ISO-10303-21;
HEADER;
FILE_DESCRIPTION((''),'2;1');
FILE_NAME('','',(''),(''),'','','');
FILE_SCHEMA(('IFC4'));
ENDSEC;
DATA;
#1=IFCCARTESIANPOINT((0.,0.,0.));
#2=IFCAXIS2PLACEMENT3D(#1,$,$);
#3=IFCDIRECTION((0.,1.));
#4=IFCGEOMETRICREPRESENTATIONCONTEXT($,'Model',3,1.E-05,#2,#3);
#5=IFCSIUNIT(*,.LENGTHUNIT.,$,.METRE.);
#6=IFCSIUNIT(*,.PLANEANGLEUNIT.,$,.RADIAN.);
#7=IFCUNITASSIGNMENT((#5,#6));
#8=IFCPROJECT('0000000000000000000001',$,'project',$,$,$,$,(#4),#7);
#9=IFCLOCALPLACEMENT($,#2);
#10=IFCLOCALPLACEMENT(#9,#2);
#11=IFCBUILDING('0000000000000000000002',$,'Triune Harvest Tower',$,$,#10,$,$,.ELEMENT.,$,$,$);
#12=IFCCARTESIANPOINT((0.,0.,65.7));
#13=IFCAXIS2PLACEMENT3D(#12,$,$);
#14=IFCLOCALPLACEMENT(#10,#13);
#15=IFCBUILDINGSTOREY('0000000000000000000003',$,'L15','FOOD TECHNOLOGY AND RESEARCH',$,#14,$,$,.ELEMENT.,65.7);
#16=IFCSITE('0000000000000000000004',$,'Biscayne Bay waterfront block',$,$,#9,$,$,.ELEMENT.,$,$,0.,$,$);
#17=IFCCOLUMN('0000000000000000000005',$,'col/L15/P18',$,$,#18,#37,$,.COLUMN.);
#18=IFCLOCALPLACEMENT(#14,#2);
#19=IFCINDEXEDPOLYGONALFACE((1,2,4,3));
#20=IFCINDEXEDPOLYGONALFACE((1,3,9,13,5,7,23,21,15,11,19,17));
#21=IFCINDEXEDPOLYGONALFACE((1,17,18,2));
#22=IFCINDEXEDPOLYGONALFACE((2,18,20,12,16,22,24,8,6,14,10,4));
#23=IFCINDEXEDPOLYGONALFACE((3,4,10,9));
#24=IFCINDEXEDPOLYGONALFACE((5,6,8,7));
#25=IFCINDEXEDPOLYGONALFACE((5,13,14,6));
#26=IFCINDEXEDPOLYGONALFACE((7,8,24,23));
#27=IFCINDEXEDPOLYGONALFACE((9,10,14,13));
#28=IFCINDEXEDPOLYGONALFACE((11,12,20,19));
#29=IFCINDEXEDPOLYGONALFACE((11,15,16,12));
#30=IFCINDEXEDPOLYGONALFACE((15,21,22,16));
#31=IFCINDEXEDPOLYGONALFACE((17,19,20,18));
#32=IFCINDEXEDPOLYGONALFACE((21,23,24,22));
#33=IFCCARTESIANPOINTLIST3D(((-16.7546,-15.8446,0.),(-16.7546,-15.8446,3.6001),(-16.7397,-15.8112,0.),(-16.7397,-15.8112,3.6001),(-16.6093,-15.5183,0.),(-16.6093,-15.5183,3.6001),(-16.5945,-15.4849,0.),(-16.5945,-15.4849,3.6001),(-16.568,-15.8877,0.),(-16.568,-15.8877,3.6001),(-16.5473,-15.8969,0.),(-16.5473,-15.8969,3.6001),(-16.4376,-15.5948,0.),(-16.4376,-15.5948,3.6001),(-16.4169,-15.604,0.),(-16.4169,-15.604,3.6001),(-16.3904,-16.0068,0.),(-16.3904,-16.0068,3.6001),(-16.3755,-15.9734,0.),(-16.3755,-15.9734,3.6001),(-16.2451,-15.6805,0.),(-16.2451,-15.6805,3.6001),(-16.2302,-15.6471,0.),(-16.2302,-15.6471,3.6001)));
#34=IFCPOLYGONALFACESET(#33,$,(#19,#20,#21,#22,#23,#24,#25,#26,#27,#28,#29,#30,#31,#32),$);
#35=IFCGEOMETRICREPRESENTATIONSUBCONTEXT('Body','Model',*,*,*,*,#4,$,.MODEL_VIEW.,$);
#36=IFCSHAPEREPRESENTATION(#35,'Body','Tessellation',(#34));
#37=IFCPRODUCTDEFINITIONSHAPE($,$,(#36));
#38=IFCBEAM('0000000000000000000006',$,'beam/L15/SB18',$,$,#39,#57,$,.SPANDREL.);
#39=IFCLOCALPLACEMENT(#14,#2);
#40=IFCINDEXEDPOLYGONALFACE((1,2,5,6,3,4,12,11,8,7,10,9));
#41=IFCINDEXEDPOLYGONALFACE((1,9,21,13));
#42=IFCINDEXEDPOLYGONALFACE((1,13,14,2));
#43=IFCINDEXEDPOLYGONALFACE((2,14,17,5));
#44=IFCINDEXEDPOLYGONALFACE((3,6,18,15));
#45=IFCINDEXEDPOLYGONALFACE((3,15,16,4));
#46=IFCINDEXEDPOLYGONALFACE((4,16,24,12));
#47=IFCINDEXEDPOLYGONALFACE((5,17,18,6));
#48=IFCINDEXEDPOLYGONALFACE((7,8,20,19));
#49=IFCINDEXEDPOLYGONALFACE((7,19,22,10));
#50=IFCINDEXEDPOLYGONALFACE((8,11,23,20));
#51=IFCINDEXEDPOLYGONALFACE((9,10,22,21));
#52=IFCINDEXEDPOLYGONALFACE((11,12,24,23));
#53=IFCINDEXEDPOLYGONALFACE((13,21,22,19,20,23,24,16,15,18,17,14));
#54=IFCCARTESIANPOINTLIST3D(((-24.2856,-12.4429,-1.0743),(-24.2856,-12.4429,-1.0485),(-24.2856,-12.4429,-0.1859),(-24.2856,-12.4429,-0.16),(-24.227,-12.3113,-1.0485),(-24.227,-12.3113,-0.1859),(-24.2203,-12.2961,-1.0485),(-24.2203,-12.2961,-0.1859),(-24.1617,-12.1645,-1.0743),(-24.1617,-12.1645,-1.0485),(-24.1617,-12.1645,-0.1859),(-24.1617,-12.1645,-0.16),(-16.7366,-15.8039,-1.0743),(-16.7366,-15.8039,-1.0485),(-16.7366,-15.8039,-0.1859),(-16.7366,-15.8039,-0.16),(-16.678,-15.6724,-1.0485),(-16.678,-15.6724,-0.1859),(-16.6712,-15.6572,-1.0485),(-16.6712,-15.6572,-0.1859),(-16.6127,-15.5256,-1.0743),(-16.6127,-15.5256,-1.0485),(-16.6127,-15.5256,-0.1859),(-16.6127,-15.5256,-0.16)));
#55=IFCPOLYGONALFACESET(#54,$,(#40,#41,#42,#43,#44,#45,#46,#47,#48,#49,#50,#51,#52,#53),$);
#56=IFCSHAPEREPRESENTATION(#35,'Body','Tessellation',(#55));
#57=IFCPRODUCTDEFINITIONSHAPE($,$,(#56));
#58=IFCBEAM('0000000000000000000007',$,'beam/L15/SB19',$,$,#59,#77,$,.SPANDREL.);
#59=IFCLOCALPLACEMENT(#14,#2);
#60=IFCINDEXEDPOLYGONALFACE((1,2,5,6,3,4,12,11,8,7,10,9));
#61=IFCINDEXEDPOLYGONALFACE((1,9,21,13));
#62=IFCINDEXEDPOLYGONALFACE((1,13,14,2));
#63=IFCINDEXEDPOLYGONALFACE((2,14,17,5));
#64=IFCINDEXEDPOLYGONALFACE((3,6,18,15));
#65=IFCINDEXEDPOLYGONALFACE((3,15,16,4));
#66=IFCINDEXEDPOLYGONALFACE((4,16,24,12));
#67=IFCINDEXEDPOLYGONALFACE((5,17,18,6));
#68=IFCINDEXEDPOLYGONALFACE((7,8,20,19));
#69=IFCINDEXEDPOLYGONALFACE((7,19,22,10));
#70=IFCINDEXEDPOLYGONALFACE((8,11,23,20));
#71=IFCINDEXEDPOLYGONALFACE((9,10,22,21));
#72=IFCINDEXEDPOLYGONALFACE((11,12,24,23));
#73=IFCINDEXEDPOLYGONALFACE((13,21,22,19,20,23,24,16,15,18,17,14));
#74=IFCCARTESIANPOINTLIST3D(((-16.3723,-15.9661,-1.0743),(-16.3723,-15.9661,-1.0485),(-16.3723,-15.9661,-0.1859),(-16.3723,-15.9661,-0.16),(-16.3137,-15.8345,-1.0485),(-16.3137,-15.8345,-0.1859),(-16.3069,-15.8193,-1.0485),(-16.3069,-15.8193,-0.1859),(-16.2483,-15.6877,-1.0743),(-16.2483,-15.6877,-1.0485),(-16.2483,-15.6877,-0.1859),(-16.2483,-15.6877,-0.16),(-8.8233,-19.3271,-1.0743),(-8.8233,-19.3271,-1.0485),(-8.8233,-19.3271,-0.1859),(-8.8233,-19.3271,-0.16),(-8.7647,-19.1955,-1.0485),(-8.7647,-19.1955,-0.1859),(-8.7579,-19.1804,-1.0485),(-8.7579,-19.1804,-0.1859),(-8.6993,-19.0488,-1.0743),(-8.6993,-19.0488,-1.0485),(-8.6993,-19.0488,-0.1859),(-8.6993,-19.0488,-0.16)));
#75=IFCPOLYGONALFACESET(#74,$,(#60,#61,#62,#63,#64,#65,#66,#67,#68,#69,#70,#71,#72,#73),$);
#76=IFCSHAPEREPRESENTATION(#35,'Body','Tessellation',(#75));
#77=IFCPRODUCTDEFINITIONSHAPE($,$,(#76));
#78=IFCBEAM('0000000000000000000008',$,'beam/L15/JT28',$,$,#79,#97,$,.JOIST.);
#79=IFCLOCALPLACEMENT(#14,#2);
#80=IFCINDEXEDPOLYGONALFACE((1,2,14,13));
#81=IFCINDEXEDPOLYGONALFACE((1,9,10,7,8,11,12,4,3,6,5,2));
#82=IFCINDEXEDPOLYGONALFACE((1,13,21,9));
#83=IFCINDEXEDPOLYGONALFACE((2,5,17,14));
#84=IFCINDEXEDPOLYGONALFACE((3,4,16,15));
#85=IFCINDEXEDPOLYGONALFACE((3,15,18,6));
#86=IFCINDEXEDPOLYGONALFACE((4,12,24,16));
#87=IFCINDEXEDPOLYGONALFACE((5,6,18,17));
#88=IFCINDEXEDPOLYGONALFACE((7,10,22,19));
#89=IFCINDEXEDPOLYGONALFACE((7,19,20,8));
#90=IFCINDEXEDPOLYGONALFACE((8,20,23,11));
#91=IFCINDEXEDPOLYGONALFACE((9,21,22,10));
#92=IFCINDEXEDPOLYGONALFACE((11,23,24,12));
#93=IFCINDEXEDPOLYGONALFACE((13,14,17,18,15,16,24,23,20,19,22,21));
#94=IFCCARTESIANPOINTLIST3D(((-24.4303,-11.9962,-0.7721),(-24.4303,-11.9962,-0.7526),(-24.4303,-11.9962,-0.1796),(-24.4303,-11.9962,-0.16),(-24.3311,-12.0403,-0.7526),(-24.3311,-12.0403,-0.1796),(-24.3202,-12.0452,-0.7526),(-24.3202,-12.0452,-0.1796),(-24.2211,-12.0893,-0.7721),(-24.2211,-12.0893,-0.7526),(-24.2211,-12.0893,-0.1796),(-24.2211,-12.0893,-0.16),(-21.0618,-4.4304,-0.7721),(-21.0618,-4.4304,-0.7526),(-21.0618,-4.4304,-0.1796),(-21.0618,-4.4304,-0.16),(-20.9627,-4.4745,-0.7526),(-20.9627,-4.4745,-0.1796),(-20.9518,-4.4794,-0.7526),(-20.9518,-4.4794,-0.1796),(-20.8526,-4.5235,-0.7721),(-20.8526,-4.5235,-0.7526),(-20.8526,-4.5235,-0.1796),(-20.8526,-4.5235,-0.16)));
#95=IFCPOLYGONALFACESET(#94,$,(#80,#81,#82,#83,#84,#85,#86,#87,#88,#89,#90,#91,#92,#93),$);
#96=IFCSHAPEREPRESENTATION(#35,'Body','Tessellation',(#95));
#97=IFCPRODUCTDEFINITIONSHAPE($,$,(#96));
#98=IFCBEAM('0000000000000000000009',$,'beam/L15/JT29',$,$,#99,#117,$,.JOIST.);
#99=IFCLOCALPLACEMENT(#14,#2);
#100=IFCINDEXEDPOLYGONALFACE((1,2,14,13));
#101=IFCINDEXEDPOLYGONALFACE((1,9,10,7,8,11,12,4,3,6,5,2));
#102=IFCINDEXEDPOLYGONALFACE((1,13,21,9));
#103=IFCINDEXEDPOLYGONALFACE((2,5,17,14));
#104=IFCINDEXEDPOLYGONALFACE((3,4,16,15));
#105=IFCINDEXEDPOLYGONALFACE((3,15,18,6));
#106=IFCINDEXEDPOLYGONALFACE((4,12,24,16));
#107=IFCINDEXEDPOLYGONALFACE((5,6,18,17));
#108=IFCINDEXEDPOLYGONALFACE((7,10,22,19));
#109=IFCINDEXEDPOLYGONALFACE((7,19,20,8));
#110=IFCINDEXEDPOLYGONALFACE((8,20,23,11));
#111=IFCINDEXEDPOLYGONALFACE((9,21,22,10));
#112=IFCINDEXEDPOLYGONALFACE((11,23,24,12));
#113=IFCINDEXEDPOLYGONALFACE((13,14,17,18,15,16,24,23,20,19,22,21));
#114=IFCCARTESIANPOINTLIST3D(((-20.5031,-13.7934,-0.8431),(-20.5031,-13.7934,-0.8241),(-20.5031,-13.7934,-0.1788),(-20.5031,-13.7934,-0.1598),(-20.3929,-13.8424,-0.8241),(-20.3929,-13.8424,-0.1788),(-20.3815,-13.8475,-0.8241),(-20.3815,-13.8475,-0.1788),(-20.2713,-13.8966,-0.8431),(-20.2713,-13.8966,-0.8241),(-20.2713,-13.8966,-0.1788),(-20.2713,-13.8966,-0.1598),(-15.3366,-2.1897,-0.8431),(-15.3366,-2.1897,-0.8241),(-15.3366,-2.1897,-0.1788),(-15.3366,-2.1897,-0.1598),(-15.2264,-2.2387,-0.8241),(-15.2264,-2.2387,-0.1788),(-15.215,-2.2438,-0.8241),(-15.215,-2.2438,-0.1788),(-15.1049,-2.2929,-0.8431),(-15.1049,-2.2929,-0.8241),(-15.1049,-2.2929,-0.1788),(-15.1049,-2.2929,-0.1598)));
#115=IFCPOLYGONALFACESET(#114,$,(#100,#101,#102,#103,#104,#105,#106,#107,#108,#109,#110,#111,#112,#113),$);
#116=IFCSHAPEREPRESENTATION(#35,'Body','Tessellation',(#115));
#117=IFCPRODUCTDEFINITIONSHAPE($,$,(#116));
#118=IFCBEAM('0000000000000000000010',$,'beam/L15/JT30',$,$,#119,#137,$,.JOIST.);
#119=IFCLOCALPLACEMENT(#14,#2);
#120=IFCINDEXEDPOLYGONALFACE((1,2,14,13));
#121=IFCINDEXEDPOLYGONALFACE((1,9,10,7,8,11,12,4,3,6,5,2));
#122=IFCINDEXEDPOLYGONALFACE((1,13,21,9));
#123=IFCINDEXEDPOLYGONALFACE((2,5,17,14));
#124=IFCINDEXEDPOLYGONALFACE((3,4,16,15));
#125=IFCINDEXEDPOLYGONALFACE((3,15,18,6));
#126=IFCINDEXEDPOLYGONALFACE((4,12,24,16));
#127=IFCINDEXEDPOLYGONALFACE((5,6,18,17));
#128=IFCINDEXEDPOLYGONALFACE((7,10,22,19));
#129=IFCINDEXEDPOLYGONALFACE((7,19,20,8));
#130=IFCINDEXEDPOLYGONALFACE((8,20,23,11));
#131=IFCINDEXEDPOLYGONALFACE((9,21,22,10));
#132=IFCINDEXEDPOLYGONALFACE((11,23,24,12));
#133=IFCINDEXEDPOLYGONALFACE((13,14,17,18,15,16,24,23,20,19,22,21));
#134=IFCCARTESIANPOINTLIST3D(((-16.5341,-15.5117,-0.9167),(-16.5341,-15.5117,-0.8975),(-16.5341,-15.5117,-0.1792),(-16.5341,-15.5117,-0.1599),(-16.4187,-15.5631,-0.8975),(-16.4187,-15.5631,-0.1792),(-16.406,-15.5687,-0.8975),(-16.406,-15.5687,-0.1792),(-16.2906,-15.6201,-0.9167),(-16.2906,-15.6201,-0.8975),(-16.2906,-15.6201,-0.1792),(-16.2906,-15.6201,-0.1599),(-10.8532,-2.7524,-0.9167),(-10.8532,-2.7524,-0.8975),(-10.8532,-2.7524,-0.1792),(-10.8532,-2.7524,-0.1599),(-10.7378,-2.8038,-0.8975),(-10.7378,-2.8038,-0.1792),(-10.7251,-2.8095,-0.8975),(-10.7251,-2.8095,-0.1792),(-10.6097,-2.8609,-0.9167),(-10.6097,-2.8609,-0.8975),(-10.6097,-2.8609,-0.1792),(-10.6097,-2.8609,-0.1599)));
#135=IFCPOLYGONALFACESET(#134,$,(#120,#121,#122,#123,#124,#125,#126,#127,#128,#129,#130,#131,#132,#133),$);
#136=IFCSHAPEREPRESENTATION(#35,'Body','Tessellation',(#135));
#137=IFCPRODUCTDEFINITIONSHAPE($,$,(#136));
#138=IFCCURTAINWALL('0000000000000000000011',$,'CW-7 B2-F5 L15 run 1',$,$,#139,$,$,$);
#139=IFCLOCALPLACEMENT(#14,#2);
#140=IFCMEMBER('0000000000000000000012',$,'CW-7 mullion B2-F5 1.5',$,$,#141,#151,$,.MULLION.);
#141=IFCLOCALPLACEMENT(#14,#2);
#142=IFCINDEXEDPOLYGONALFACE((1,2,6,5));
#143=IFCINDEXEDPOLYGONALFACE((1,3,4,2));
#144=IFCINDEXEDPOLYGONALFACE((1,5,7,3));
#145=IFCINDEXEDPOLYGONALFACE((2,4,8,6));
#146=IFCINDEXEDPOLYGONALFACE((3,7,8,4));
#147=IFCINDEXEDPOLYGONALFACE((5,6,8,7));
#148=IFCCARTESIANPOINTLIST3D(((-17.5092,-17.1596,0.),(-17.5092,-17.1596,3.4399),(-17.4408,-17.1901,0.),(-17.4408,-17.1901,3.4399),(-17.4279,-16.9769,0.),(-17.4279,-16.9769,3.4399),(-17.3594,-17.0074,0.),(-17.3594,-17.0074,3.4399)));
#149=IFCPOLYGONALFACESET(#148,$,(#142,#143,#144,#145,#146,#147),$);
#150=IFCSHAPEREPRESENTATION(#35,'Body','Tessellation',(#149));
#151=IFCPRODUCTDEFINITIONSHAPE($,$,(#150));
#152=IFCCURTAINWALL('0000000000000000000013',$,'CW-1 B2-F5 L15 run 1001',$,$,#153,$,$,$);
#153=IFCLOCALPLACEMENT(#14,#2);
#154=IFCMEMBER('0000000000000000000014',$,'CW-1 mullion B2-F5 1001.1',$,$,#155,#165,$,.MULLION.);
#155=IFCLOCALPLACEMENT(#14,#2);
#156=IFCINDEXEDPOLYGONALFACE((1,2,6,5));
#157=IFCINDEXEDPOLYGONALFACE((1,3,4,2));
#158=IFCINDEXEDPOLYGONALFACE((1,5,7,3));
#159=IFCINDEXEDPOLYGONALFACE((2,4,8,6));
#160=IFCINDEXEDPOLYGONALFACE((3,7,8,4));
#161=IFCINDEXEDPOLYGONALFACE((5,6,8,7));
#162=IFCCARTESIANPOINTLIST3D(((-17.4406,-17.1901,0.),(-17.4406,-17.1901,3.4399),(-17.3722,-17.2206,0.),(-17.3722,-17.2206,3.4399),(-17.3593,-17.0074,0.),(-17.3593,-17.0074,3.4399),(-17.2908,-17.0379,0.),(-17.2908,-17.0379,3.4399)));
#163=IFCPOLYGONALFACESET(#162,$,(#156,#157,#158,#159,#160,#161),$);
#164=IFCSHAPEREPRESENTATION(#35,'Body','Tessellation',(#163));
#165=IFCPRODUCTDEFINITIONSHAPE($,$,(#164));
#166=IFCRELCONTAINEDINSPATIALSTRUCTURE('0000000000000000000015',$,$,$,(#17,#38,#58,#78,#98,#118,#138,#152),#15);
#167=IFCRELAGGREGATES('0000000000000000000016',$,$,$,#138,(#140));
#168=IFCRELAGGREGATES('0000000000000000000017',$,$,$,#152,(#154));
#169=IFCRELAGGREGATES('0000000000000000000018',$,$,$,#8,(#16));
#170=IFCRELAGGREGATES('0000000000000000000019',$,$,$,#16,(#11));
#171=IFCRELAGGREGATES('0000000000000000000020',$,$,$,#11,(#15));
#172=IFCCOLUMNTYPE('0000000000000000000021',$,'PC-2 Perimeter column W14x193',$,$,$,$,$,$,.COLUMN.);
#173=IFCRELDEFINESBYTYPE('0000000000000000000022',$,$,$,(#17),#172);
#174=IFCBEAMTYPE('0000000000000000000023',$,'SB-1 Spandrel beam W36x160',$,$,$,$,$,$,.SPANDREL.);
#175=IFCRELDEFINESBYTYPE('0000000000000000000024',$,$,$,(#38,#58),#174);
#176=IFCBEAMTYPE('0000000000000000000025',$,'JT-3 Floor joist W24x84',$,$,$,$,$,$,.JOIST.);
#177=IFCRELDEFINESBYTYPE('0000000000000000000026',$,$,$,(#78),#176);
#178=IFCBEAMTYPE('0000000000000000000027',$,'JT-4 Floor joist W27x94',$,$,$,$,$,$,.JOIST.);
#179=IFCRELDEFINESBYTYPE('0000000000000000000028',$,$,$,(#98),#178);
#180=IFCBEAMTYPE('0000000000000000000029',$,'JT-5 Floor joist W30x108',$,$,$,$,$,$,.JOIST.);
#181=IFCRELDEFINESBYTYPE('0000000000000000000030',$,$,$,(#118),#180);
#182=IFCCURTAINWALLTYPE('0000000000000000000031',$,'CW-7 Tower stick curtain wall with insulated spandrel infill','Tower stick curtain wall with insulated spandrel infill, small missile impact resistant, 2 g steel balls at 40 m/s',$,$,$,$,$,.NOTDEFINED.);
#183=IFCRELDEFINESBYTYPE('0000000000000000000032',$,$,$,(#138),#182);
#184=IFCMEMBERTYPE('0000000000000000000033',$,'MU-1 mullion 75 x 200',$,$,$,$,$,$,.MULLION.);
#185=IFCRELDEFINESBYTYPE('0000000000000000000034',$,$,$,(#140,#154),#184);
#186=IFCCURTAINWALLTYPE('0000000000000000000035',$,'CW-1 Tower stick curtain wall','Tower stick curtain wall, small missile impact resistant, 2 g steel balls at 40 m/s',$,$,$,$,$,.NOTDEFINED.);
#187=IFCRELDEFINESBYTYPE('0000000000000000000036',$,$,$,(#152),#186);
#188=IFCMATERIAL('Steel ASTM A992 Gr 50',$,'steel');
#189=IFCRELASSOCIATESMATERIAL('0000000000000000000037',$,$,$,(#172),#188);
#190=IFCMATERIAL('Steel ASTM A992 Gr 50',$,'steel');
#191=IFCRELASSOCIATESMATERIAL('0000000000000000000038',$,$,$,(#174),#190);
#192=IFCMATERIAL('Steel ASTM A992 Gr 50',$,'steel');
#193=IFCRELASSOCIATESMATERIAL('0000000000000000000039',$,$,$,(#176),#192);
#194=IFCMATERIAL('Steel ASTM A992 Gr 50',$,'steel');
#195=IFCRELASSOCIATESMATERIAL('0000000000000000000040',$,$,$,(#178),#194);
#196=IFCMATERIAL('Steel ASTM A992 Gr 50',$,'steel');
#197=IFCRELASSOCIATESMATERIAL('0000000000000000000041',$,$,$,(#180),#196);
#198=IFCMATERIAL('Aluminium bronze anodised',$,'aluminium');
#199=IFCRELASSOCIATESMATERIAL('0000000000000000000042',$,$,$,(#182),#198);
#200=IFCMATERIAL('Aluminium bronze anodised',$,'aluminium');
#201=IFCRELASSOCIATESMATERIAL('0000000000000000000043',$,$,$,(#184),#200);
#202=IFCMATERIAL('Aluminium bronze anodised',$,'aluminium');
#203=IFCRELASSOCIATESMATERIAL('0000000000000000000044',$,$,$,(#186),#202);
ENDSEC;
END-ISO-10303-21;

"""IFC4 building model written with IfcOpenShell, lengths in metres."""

from ifc_helpers import new_model, si_unit, direction, frame, origin, origin_2d, place, context, subcontext, project, spatial, rectangle, i_section, extrude, source, transform, mapped, material, material_profile, profile_set, type_object, element, aggregate, save


model = new_model("IFC4")

# Units and contexts
model_context = context("Model", 3, precision=1e-05, world=origin(), true_north=direction((0.0, 1.0)))
body_context = subcontext(model_context, "Body", "Model", "MODEL_VIEW")
ifc_project = project(units=[si_unit("LENGTHUNIT", "METRE"), si_unit("PLANEANGLEUNIT", "RADIAN")], contexts=[model_context])

# Site, building, storey
site_placement = place(None, origin())
site = spatial("IfcSite", under=ifc_project, at=site_placement, Name="Biscayne Bay waterfront block", CompositionType="ELEMENT", RefElevation=0.0)
building_placement = place(site_placement, origin())
building = spatial("IfcBuilding", under=site, at=building_placement, Name="Triune Harvest Tower", CompositionType="ELEMENT")
storey_placement = place(building_placement, frame((0.0, 0.0, 65.7)))
storey = spatial("IfcBuildingStorey", under=building, at=storey_placement, Name="L15", Description="FOOD TECHNOLOGY AND RESEARCH", CompositionType="ELEMENT", Elevation=65.7)

# Column
ifc_material_1 = material(Name="Steel ASTM A992 Gr 50", Category="steel")
ifc_material_profile_1 = material_profile(ifc_material_1, i_section(OverallWidth=0.3987, OverallDepth=0.3938, WebThickness=0.0227, FlangeThickness=0.0366, at=origin_2d()), Name="W14x193")
ifc_profile_set_1 = profile_set([ifc_material_profile_1], Name="Steel ASTM A992 Gr 50")
column_type = type_object("IfcColumnType", Name="PC-2 Perimeter column W14x193", PredefinedType="COLUMN", material=ifc_profile_set_1)
shared_shape_1 = source(origin(), body_context, "Body", "SweptSolid", [
    extrude(i_section(OverallWidth=0.3987, OverallDepth=0.3938, WebThickness=0.0227, FlangeThickness=0.0366, at=origin_2d()), origin(), (0.0, 0.0, 1.0), 3.6001),
])
column_placement = place(storey_placement, frame((-16.4924, -15.7458, 0.0), z_axis=(0.0, 0.0, 1.0), x_axis=(0.913545, -0.406737, 0.0)))
element("IfcColumn", 1, at=column_placement, inside=storey, type_object=column_type, Name="col/L15/P18", PredefinedType="COLUMN", context=body_context, shape_type="MappedRepresentation", body=[
    mapped(shared_shape_1, transform((0.0, 0.0, 0.0), scale=1.0)),
])

# Beams
ifc_material_2 = material(Name="Steel ASTM A992 Gr 50", Category="steel")
ifc_material_profile_2 = material_profile(ifc_material_2, i_section(OverallWidth=0.3047, OverallDepth=0.9143, WebThickness=0.0166, FlangeThickness=0.0259, at=origin_2d()), Name="W36x160")
ifc_profile_set_2 = profile_set([ifc_material_profile_2], Name="Steel ASTM A992 Gr 50")
beam_type_1 = type_object("IfcBeamType", Name="SB-1 Spandrel beam W36x160", PredefinedType="SPANDREL", material=ifc_profile_set_2)
shared_shape_2 = source(origin(), body_context, "Body", "SweptSolid", [
    extrude(i_section(OverallWidth=0.3047, OverallDepth=0.9143, WebThickness=0.0166, FlangeThickness=0.0259, at=origin_2d()), origin(), (0.0, 0.0, 1.0), 8.2634),
])
for number, where, z_axis, x_axis, name in (
    (2, (-24.2236, -12.3037, -0.6172), (0.913545, -0.406739, 0.0), (0.406739, 0.913545, 0.0), "beam/L15/SB18"),
    (3, (-16.3103, -15.8269, -0.6172), (0.913545, -0.406739, 0.0), (0.406739, 0.913545, 0.0), "beam/L15/SB19"),
):
    element("IfcBeam", number, at=place(storey_placement, frame(where, z_axis=z_axis, x_axis=x_axis)), inside=storey, type_object=beam_type_1, Name=name, PredefinedType="SPANDREL", context=body_context, shape_type="MappedRepresentation", body=[
        mapped(shared_shape_2, transform((0.0, 0.0, 0.0), scale=1.0)),
    ])
ifc_material_3 = material(Name="Steel ASTM A992 Gr 50", Category="steel")
ifc_material_profile_3 = material_profile(ifc_material_3, i_section(OverallWidth=0.229, OverallDepth=0.6121, WebThickness=0.012, FlangeThickness=0.0195, at=origin_2d()), Name="W24x84")
ifc_profile_set_3 = profile_set([ifc_material_profile_3], Name="Steel ASTM A992 Gr 50")
beam_type_2 = type_object("IfcBeamType", Name="JT-3 Floor joist W24x84", PredefinedType="JOIST", material=ifc_profile_set_3)
shared_shape_3 = source(origin(), body_context, "Body", "SweptSolid", [
    extrude(i_section(OverallWidth=0.229, OverallDepth=0.6121, WebThickness=0.012, FlangeThickness=0.0195, at=origin_2d()), origin(), (0.0, 0.0, 1.0), 8.2817),
])
beam_1_placement = place(storey_placement, frame((-24.3257, -12.0427, -0.4661), z_axis=(0.406732, 0.913548, 0.0), x_axis=(-0.913548, 0.406732, 0.0)))
element("IfcBeam", 4, at=beam_1_placement, inside=storey, type_object=beam_type_2, Name="beam/L15/JT28", PredefinedType="JOIST", context=body_context, shape_type="MappedRepresentation", body=[
    mapped(shared_shape_3, transform((0.0, 0.0, 0.0), scale=1.0)),
])
ifc_material_4 = material(Name="Steel ASTM A992 Gr 50", Category="steel")
ifc_material_profile_4 = material_profile(ifc_material_4, i_section(OverallWidth=0.2537, OverallDepth=0.6833, WebThickness=0.0125, FlangeThickness=0.019, at=origin_2d()), Name="W27x94")
ifc_profile_set_4 = profile_set([ifc_material_profile_4], Name="Steel ASTM A992 Gr 50")
beam_type_3 = type_object("IfcBeamType", Name="JT-4 Floor joist W27x94", PredefinedType="JOIST", material=ifc_profile_set_4)
shared_shape_4 = source(origin(), body_context, "Body", "SweptSolid", [
    extrude(i_section(OverallWidth=0.2537, OverallDepth=0.6833, WebThickness=0.0125, FlangeThickness=0.019, at=origin_2d()), origin(), (0.0, 0.0, 1.0), 12.7019),
])
beam_2_placement = place(storey_placement, frame((-20.3872, -13.845, -0.5015), z_axis=(0.406748, 0.91354, 0.0), x_axis=(-0.91354, 0.406748, 0.0)))
element("IfcBeam", 5, at=beam_2_placement, inside=storey, type_object=beam_type_3, Name="beam/L15/JT29", PredefinedType="JOIST", context=body_context, shape_type="MappedRepresentation", body=[
    mapped(shared_shape_4, transform((0.0, 0.0, 0.0), scale=1.0)),
])
ifc_material_5 = material(Name="Steel ASTM A992 Gr 50", Category="steel")
ifc_material_profile_5 = material_profile(ifc_material_5, i_section(OverallWidth=0.2666, OverallDepth=0.7568, WebThickness=0.0139, FlangeThickness=0.0193, at=origin_2d()), Name="W30x108")
ifc_profile_set_5 = profile_set([ifc_material_profile_5], Name="Steel ASTM A992 Gr 50")
beam_type_4 = type_object("IfcBeamType", Name="JT-5 Floor joist W30x108", PredefinedType="JOIST", material=ifc_profile_set_5)
shared_shape_5 = source(origin(), body_context, "Body", "SweptSolid", [
    extrude(i_section(OverallWidth=0.2666, OverallDepth=0.7568, WebThickness=0.0139, FlangeThickness=0.0193, at=origin_2d()), origin(), (0.0, 0.0, 1.0), 13.9668),
])
beam_3_placement = place(storey_placement, frame((-16.4124, -15.5659, -0.5383), z_axis=(0.406743, 0.913542, 0.0), x_axis=(-0.913542, 0.406743, 0.0)))
element("IfcBeam", 6, at=beam_3_placement, inside=storey, type_object=beam_type_4, Name="beam/L15/JT30", PredefinedType="JOIST", context=body_context, shape_type="MappedRepresentation", body=[
    mapped(shared_shape_5, transform((0.0, 0.0, 0.0), scale=1.0)),
])

# Curtain wall, member
ifc_material_6 = material(Name="Aluminium bronze anodised", Category="aluminium")
curtain_wall_type_1 = type_object("IfcCurtainWallType", Name="CW-7 Tower stick curtain wall with insulated spandrel infill", Description="Tower stick curtain wall with insulated spandrel infill, small missile impact resistant, 2 g steel balls at 40 m/s", PredefinedType="NOTDEFINED", material=ifc_material_6)
curtain_wall_1_placement = place(storey_placement, origin())
curtain_wall_1 = element("IfcCurtainWall", 7, at=curtain_wall_1_placement, inside=storey, type_object=curtain_wall_type_1, Name="CW-7 B2-F5 L15 run 1")
ifc_material_7 = material(Name="Aluminium bronze anodised", Category="aluminium")
ifc_material_profile_6 = material_profile(ifc_material_7, rectangle(XDim=0.2, YDim=0.075, at=origin_2d()), Name="MU-1 mullion 75 x 200")
ifc_profile_set_6 = profile_set([ifc_material_profile_6], Name="Aluminium bronze anodised")
member_type_1 = type_object("IfcMemberType", Name="MU-1 mullion 75 x 200", PredefinedType="MULLION", material=ifc_profile_set_6)
shared_shape_6 = source(origin(), body_context, "Body", "SweptSolid", [
    extrude(rectangle(XDim=0.2, YDim=0.075, at=origin_2d()), origin(), (0.0, 0.0, 1.0), 3.4399),
])
member_1_placement = place(storey_placement, frame((-17.4343, -17.0835, 0.0), z_axis=(0.0, 0.0, 1.0), x_axis=(0.406737, 0.913545, 0.0)))
member_1 = element("IfcMember", 8, at=member_1_placement, type_object=member_type_1, Name="CW-7 mullion B2-F5 1.5", PredefinedType="MULLION", context=body_context, shape_type="MappedRepresentation", body=[
    mapped(shared_shape_6, transform((0.0, 0.0, 0.0), scale=1.0)),
])

# Curtain wall, member
ifc_material_8 = material(Name="Aluminium bronze anodised", Category="aluminium")
curtain_wall_type_2 = type_object("IfcCurtainWallType", Name="CW-1 Tower stick curtain wall", Description="Tower stick curtain wall, small missile impact resistant, 2 g steel balls at 40 m/s", PredefinedType="NOTDEFINED", material=ifc_material_8)
curtain_wall_2_placement = place(storey_placement, origin())
curtain_wall_2 = element("IfcCurtainWall", 9, at=curtain_wall_2_placement, inside=storey, type_object=curtain_wall_type_2, Name="CW-1 B2-F5 L15 run 1001")
member_2_placement = place(storey_placement, frame((-17.3657, -17.114, 0.0), z_axis=(0.0, 0.0, 1.0), x_axis=(0.406737, 0.913545, 0.0)))
member_2 = element("IfcMember", 10, at=member_2_placement, type_object=member_type_1, Name="CW-1 mullion B2-F5 1001.1", PredefinedType="MULLION", context=body_context, shape_type="MappedRepresentation", body=[
    mapped(shared_shape_6, transform((0.0, 0.0, 0.0), scale=1.0)),
])

aggregate(curtain_wall_1, [member_1])
aggregate(curtain_wall_2, [member_2])

save(model, "model.ifc")
